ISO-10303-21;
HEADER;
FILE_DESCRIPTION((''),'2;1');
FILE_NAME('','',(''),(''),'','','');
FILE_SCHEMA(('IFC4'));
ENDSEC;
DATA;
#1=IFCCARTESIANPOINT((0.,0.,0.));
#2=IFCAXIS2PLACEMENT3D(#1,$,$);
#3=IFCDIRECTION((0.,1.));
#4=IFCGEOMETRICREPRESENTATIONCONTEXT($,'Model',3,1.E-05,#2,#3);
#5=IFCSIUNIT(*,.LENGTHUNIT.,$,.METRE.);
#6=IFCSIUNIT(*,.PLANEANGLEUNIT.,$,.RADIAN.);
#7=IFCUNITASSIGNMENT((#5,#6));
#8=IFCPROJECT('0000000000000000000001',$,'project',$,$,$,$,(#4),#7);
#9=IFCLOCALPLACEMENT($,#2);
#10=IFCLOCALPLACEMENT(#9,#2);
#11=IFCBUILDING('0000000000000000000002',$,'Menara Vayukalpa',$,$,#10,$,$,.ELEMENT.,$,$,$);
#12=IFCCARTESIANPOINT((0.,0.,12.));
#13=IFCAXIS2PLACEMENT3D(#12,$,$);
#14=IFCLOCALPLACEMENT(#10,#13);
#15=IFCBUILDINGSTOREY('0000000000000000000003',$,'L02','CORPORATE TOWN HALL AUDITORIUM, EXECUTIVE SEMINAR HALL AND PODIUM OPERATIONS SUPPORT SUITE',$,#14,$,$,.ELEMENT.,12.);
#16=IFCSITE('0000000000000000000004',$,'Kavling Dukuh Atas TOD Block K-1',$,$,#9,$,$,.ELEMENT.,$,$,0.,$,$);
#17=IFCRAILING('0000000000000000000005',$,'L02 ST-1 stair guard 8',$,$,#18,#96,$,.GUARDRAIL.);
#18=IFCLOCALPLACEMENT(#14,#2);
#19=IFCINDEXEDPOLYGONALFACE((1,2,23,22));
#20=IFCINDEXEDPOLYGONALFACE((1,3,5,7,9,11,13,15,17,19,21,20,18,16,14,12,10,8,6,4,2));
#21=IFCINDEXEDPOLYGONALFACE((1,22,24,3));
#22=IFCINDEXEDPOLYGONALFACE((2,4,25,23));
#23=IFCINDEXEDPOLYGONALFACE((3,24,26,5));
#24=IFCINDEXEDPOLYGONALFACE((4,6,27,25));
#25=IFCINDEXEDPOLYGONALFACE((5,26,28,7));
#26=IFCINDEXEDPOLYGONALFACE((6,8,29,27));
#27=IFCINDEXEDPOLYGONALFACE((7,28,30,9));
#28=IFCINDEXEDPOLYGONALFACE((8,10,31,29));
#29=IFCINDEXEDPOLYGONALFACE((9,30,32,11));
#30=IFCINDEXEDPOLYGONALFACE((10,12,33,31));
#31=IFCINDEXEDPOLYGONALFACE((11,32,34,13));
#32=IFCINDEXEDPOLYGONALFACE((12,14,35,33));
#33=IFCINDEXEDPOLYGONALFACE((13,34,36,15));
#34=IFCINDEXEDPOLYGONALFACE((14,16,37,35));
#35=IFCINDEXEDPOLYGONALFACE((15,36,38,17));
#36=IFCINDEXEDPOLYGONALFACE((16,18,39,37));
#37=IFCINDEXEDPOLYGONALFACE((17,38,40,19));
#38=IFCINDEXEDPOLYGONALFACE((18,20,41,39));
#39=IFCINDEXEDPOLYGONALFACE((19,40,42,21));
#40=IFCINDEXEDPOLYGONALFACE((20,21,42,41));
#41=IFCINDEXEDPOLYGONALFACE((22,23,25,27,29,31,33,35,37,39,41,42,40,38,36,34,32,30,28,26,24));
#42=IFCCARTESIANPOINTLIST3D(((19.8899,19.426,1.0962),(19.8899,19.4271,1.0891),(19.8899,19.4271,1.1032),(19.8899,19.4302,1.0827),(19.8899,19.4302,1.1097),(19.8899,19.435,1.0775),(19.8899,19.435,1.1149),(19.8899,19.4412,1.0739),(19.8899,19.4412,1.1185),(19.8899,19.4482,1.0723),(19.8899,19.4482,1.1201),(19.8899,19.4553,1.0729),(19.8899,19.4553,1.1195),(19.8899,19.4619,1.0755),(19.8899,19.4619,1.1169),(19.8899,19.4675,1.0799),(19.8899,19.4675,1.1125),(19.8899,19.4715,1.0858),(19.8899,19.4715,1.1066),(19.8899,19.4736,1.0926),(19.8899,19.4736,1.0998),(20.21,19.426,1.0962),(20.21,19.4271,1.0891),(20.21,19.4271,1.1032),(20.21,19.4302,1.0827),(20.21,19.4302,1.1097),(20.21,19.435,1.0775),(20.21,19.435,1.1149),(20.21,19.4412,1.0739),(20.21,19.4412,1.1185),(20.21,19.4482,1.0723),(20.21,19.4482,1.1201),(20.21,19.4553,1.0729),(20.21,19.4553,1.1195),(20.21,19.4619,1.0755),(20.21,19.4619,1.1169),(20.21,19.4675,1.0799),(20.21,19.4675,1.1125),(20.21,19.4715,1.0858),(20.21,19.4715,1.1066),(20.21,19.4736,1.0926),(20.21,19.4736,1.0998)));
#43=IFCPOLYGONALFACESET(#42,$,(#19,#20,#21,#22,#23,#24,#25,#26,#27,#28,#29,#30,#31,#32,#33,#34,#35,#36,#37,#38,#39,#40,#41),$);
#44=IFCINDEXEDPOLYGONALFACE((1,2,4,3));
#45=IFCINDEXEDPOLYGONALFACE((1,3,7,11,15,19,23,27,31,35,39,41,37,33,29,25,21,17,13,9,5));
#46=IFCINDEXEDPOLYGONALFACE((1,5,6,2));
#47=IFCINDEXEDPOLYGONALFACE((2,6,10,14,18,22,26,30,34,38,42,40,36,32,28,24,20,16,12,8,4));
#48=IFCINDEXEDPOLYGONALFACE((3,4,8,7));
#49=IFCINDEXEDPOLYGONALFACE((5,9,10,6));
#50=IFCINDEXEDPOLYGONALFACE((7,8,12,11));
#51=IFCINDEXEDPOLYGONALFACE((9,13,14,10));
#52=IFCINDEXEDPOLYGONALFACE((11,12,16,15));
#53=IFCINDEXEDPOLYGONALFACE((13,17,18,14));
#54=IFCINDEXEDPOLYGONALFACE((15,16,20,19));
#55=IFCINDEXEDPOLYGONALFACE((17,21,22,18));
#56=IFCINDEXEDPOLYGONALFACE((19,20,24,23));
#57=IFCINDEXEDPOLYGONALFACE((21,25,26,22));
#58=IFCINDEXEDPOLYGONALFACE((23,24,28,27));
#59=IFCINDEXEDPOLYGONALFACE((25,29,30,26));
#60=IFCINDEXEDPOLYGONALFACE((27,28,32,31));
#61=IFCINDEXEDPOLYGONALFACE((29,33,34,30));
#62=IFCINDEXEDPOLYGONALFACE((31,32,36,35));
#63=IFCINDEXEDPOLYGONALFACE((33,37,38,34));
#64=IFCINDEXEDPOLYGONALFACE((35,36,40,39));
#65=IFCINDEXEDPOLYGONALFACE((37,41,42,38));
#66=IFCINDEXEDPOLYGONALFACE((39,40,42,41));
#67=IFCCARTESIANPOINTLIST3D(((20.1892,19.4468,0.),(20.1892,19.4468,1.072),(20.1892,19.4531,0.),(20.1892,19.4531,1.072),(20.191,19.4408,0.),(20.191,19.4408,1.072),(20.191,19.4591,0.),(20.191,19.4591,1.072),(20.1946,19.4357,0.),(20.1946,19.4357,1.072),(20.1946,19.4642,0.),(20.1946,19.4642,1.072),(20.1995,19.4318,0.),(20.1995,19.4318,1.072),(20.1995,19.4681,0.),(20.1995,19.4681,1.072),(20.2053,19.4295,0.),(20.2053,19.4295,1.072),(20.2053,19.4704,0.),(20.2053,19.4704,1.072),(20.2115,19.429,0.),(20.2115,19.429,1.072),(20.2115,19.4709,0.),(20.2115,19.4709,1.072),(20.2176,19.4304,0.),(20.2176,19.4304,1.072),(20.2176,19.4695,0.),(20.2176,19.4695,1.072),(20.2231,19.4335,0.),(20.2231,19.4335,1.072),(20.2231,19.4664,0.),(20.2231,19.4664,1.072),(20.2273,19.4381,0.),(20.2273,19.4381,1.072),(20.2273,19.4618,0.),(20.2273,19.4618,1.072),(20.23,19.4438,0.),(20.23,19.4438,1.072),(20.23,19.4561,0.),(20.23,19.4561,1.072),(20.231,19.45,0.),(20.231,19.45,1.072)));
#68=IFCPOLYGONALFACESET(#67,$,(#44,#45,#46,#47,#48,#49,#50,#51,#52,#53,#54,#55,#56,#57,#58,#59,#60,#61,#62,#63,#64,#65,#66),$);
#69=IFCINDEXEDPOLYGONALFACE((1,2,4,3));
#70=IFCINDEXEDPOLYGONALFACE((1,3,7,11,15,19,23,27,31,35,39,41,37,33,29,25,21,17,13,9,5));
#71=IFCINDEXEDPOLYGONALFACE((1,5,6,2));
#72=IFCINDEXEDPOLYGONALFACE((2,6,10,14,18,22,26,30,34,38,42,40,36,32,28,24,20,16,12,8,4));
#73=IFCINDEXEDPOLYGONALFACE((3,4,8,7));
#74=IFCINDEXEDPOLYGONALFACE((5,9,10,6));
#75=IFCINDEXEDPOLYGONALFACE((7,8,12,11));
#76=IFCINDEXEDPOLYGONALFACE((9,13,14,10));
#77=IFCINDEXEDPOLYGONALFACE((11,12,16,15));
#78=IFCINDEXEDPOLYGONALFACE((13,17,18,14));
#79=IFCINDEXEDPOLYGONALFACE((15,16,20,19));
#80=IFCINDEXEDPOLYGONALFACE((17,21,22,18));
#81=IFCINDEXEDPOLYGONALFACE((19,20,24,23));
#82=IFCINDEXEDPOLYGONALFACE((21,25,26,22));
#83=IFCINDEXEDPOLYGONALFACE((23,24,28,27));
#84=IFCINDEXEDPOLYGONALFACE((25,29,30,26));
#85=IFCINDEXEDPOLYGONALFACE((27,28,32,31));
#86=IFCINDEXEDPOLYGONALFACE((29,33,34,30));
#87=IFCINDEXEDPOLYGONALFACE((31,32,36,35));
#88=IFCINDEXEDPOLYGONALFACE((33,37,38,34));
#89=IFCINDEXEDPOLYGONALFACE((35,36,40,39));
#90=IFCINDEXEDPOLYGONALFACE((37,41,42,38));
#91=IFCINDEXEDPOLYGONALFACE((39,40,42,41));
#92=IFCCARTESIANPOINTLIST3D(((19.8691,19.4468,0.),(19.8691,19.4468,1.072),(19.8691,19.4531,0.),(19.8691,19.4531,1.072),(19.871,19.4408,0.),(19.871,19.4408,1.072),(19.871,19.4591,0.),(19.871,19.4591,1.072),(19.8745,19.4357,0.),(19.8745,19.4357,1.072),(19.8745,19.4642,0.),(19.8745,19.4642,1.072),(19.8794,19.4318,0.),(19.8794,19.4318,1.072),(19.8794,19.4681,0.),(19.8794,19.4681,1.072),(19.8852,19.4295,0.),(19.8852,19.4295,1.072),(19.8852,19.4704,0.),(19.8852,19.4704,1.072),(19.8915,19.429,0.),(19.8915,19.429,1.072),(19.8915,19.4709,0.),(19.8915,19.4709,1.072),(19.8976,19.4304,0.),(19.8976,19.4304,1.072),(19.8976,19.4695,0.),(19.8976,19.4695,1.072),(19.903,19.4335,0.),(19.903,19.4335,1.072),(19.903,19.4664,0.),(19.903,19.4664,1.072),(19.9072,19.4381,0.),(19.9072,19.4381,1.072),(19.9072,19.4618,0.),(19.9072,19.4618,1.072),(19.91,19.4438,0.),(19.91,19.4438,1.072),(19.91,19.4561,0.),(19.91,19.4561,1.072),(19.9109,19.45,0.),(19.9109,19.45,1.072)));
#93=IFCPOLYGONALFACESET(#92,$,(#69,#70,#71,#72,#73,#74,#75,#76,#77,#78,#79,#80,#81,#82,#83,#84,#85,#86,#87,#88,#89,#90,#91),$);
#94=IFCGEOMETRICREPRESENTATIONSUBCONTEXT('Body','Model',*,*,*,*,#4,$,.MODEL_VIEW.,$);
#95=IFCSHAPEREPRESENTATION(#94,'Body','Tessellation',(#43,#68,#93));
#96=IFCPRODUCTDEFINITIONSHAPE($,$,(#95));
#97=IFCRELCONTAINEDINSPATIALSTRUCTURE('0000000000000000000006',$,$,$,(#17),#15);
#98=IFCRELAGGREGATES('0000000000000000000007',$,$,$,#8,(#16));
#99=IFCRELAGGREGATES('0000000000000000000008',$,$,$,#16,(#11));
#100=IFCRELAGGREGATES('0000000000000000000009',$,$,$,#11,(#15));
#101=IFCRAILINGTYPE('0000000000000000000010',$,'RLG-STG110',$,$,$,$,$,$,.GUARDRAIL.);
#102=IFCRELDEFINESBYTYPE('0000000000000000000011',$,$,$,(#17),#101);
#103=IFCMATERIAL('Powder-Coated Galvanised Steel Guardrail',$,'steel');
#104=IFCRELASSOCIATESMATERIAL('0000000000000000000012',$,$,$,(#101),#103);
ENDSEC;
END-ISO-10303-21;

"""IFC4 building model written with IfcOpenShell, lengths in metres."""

from ifc_helpers import new_model, si_unit, direction, frame, origin, origin_2d, place, context, subcontext, project, spatial, circle, extrude, material, type_object, element, save


model = new_model("IFC4")

# Units and contexts
model_context = context("Model", 3, precision=1e-05, world=origin(), true_north=direction((0.0, 1.0)))
body_context = subcontext(model_context, "Body", "Model", "MODEL_VIEW")
ifc_project = project(units=[si_unit("LENGTHUNIT", "METRE"), si_unit("PLANEANGLEUNIT", "RADIAN")], contexts=[model_context])

# Site, building, storey
site_placement = place(None, origin())
site = spatial("IfcSite", under=ifc_project, at=site_placement, Name="Kavling Dukuh Atas TOD Block K-1", CompositionType="ELEMENT", RefElevation=0.0)
building_placement = place(site_placement, origin())
building = spatial("IfcBuilding", under=site, at=building_placement, Name="Menara Vayukalpa", CompositionType="ELEMENT")
storey_placement = place(building_placement, frame((0.0, 0.0, 12.0)))
storey = spatial("IfcBuildingStorey", under=building, at=storey_placement, Name="L02", Description="CORPORATE TOWN HALL AUDITORIUM, EXECUTIVE SEMINAR HALL AND PODIUM OPERATIONS SUPPORT SUITE", CompositionType="ELEMENT", Elevation=12.0)

# Railing
ifc_material_1 = material(Name="Powder-Coated Galvanised Steel Guardrail", Category="steel")
railing_type = type_object("IfcRailingType", Name="RLG-STG110", PredefinedType="GUARDRAIL", material=ifc_material_1)
railing_1_placement = place(storey_placement, frame((20.21, 19.45, 0.0)))
element("IfcRailing", 1, at=railing_1_placement, inside=storey, type_object=railing_type, Name="L02 ST-1 stair guard 8", PredefinedType="GUARDRAIL", context=body_context, shape_type="SweptSolid", body=[
    extrude(circle(Radius=0.0239, at=origin_2d()), frame((0.0, 0.0, 1.0962), z_axis=(-1.0, 0.0, 0.0), x_axis=(0.0, -1.0, 0.0)), (0.0, 0.0, 1.0), 0.3201),
    extrude(circle(Radius=0.021, at=origin_2d()), origin(), (0.0, 0.0, 1.0), 1.072),
    extrude(circle(Radius=0.021, at=origin_2d()), frame((-0.3201, 0.0, 0.0)), (0.0, 0.0, 1.0), 1.072),
])

save(model, "model.ifc")
